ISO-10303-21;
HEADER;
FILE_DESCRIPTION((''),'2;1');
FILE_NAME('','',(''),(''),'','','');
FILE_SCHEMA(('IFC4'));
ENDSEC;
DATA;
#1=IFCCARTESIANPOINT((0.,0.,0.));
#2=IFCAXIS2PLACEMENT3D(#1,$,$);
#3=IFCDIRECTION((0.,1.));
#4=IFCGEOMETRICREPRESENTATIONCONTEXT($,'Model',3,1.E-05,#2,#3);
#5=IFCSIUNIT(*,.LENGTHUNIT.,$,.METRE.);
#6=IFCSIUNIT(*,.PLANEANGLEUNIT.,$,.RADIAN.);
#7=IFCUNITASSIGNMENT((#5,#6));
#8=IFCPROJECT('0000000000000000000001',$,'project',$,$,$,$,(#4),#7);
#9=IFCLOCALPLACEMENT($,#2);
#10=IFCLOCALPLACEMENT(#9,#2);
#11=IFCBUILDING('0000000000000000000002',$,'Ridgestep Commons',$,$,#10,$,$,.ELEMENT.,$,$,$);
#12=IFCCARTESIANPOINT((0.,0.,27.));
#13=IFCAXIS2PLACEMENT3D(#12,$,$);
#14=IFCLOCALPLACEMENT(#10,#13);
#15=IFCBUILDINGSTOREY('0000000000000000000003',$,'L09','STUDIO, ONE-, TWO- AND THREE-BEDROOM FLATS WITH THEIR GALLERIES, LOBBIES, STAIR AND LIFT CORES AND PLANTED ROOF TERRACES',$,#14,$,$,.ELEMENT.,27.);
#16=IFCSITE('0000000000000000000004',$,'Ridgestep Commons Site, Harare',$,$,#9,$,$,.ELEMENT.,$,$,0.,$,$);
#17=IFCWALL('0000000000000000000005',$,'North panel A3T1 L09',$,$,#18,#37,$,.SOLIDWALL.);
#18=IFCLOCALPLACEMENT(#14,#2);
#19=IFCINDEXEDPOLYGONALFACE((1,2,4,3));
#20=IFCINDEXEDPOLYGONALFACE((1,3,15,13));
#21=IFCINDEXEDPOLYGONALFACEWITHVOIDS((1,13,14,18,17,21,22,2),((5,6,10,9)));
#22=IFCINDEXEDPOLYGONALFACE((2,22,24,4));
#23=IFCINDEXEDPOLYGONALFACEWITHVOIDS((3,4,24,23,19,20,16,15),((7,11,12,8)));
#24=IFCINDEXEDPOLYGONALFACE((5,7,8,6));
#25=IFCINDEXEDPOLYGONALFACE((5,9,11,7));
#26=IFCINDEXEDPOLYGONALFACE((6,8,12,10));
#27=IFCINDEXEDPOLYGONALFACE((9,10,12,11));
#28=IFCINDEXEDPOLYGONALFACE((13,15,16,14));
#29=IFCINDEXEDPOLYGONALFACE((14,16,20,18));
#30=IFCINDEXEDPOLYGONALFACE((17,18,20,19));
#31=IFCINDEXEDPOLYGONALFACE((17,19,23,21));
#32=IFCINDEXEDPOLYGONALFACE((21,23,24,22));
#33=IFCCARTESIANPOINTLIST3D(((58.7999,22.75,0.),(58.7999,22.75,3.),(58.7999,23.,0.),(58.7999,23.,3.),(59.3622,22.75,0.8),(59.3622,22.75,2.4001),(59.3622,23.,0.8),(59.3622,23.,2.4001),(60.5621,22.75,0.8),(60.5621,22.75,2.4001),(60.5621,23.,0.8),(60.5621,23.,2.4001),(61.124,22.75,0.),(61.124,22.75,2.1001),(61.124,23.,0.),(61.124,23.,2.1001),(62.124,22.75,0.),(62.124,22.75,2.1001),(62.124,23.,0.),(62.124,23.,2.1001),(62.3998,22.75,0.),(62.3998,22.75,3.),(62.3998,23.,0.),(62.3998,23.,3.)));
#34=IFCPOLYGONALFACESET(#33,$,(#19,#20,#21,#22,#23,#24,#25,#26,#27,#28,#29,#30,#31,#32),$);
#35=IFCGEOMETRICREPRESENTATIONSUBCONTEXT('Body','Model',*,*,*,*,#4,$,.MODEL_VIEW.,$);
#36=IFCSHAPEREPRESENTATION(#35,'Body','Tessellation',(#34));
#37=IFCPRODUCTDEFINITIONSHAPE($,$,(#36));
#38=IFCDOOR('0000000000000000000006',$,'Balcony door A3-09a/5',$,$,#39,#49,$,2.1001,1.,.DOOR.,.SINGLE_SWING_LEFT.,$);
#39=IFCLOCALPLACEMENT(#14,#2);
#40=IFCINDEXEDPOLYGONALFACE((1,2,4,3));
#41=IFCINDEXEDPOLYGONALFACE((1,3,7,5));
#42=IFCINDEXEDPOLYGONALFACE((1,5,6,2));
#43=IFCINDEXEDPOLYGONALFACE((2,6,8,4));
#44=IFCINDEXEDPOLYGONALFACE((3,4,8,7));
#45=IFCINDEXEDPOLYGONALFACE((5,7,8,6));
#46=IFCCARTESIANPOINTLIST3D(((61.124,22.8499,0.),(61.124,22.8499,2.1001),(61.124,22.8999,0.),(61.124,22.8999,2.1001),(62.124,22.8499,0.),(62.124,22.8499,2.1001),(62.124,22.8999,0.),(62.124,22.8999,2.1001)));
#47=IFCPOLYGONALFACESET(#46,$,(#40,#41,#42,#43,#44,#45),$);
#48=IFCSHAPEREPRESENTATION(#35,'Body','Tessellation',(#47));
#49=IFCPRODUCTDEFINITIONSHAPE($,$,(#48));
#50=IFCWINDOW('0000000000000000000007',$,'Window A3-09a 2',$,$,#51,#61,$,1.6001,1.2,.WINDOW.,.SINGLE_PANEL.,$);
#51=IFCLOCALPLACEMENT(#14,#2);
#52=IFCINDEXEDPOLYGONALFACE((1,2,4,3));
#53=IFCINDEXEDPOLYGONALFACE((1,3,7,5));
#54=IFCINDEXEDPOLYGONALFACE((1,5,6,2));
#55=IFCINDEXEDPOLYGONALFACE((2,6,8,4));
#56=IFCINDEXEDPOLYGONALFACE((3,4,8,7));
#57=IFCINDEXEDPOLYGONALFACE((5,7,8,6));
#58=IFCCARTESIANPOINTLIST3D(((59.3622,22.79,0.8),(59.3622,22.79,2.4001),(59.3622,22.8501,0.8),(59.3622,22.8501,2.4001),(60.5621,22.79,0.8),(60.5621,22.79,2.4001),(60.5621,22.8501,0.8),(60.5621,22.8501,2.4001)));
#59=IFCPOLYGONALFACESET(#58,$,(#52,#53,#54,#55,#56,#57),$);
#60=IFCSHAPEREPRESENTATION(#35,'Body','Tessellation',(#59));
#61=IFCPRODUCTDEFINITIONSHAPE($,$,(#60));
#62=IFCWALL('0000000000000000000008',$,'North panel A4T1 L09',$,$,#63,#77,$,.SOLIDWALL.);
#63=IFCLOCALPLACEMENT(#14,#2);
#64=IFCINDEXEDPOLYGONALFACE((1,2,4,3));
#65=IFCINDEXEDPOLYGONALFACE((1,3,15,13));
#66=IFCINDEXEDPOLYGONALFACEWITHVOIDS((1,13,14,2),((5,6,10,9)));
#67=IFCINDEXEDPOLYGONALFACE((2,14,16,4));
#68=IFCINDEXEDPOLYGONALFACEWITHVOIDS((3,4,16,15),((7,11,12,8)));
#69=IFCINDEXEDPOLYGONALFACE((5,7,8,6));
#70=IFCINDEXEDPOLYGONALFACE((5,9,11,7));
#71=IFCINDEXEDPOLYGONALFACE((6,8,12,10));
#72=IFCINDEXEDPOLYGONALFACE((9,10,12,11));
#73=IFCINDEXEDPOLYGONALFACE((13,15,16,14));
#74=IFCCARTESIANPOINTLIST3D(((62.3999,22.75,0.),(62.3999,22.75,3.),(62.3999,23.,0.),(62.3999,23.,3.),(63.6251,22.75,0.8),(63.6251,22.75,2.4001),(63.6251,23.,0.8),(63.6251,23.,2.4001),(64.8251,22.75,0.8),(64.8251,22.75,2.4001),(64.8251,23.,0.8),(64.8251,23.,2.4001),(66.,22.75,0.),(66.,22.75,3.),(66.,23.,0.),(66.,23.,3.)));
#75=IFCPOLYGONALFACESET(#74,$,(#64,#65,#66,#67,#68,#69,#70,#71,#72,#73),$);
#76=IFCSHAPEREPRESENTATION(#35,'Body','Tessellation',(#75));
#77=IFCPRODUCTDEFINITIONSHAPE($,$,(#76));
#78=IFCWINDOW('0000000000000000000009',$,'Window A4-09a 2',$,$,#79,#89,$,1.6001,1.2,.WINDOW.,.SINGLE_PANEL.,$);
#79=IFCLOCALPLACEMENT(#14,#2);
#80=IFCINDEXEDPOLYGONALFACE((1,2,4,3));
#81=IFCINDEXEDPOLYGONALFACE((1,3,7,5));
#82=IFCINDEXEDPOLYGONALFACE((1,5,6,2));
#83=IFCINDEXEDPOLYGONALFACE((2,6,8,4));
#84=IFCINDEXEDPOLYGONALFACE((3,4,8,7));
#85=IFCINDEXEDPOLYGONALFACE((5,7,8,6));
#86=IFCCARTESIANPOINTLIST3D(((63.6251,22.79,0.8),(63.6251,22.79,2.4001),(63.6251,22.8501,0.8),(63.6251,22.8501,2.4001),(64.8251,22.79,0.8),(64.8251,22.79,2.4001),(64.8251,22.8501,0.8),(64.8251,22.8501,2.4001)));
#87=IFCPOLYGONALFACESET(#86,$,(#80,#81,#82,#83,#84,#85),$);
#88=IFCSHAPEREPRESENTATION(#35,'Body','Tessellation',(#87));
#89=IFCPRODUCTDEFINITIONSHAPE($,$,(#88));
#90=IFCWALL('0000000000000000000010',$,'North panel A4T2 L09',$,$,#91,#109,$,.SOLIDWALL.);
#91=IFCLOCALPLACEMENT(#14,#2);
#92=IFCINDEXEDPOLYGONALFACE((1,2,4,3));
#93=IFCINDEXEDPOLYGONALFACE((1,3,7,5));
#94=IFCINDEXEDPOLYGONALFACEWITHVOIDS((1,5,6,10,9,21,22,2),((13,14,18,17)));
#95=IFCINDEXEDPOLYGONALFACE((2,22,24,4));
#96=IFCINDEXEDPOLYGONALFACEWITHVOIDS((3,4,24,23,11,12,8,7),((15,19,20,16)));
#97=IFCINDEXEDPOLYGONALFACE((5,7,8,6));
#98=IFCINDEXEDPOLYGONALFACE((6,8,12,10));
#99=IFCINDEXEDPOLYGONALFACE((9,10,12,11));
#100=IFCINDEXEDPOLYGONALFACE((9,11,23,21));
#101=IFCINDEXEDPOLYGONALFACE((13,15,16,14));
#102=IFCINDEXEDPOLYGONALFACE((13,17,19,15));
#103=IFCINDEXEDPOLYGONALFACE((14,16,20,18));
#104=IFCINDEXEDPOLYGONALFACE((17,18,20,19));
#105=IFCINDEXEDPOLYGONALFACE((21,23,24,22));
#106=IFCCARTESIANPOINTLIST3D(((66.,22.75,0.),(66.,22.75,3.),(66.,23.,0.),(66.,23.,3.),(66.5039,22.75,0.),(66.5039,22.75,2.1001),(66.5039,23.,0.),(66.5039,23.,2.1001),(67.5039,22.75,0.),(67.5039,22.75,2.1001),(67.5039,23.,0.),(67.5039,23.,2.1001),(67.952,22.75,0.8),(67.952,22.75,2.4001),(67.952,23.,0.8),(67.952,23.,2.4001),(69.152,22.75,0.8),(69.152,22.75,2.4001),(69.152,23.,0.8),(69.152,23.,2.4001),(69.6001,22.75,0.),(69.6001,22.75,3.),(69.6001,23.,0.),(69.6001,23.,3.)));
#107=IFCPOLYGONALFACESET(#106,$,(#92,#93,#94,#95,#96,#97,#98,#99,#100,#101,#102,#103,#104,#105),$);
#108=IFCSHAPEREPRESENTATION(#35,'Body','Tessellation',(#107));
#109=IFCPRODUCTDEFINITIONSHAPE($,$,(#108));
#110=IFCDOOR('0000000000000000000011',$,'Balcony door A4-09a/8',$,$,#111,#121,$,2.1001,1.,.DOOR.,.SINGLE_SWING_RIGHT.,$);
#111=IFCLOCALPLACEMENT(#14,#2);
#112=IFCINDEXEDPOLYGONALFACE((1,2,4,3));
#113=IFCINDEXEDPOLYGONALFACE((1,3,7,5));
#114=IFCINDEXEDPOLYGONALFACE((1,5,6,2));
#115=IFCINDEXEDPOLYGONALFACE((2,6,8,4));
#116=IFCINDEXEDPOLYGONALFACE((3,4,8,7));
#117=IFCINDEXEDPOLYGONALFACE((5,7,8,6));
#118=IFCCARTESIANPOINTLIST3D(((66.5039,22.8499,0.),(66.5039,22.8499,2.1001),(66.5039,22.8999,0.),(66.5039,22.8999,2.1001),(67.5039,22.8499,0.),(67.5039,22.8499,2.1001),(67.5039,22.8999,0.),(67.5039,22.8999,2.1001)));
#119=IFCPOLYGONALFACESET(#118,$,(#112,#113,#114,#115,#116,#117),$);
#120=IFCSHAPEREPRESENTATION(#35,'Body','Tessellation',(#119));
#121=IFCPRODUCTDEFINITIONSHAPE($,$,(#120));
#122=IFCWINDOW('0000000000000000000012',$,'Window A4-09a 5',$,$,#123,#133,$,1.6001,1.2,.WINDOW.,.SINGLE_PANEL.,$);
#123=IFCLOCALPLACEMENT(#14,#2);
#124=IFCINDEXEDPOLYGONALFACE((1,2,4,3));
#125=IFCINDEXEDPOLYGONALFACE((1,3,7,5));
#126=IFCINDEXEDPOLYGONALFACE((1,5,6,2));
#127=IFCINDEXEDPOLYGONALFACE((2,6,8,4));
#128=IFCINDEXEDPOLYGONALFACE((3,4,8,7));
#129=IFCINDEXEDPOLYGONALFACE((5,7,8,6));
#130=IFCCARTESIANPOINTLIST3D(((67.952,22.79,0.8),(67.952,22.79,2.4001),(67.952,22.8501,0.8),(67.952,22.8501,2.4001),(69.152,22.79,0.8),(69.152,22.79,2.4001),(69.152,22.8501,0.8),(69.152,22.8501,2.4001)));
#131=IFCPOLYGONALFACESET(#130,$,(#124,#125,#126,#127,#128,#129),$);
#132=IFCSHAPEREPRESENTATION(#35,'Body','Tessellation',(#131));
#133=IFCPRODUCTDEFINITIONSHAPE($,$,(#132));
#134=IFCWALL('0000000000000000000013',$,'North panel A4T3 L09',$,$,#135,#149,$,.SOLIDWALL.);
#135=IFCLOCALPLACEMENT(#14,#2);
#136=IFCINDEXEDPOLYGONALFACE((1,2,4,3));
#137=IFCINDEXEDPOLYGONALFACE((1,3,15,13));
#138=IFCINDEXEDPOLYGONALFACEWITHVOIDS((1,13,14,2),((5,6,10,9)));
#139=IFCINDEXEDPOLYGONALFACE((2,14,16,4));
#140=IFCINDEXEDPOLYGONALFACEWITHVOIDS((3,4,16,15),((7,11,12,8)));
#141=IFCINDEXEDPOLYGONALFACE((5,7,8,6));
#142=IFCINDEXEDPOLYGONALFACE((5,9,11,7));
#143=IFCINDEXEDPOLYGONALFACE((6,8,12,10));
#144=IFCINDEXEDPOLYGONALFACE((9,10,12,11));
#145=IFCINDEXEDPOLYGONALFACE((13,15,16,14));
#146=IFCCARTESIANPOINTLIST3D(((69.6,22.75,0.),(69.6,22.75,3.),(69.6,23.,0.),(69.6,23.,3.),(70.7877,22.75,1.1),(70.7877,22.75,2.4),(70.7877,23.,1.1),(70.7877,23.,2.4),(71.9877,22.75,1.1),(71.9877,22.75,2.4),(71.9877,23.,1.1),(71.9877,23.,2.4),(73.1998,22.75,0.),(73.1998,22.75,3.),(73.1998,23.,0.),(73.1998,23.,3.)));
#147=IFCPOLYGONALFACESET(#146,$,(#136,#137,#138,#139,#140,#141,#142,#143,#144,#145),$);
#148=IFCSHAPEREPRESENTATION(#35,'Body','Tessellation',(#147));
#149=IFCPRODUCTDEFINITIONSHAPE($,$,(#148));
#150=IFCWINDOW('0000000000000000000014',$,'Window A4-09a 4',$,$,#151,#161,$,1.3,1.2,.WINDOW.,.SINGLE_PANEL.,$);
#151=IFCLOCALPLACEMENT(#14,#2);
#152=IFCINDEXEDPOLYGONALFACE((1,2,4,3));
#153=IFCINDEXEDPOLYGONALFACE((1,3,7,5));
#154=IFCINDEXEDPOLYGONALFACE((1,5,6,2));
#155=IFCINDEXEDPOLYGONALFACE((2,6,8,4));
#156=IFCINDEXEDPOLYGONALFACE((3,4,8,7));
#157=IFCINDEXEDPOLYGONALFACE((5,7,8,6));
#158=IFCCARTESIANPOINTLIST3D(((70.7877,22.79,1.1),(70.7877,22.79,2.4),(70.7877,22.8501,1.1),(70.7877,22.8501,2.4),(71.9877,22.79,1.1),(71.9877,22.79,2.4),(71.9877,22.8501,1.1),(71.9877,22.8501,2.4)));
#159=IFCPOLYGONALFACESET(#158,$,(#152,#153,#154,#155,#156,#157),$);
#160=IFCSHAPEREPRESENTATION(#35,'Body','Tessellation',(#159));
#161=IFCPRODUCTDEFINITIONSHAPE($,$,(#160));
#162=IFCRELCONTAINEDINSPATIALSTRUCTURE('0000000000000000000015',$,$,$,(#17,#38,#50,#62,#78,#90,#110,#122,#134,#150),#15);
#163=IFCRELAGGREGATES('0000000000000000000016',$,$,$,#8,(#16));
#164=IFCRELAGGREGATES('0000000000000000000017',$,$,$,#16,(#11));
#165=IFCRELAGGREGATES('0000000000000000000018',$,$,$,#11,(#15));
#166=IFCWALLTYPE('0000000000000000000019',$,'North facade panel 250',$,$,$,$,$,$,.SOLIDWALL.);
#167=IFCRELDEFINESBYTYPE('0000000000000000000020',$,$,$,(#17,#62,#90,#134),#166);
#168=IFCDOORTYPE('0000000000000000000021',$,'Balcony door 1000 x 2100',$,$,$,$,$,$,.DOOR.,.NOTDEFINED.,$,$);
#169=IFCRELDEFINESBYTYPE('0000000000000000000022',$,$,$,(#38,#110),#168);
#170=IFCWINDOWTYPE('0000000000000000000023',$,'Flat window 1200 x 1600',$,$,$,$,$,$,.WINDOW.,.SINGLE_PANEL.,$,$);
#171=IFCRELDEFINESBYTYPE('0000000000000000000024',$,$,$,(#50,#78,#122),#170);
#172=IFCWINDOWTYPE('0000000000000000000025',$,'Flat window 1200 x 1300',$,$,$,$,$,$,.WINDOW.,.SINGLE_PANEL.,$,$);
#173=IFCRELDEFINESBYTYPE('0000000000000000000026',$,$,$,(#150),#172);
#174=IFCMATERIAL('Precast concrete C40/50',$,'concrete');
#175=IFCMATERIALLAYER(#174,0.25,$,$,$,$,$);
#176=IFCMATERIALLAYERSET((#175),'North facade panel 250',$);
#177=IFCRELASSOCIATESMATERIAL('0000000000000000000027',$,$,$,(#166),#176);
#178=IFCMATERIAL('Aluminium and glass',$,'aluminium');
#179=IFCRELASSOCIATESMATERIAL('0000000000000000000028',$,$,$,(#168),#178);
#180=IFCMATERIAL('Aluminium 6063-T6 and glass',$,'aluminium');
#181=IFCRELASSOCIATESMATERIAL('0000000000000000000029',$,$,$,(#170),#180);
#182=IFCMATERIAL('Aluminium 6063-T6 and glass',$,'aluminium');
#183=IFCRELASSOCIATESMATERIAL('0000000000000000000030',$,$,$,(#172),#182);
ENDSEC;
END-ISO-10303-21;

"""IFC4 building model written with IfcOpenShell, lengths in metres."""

from ifc_helpers import new_model, si_unit, direction, frame, frame_2d, origin, place, context, subcontext, project, spatial, rectangle, extrude, material, layer, layer_set, type_object, element, fill, save


model = new_model("IFC4")

# Units and contexts
model_context = context("Model", 3, precision=1e-05, world=origin(), true_north=direction((0.0, 1.0)))
body_context = subcontext(model_context, "Body", "Model", "MODEL_VIEW")
ifc_project = project(units=[si_unit("LENGTHUNIT", "METRE"), si_unit("PLANEANGLEUNIT", "RADIAN")], contexts=[model_context])

# Site, building, storey
site_placement = place(None, origin())
site = spatial("IfcSite", under=ifc_project, at=site_placement, Name="Ridgestep Commons Site, Harare", CompositionType="ELEMENT", RefElevation=0.0)
building_placement = place(site_placement, origin())
building = spatial("IfcBuilding", under=site, at=building_placement, Name="Ridgestep Commons", CompositionType="ELEMENT")
storey_placement = place(building_placement, frame((0.0, 0.0, 27.0)))
storey = spatial("IfcBuildingStorey", under=building, at=storey_placement, Name="L09", Description="STUDIO, ONE-, TWO- AND THREE-BEDROOM FLATS WITH THEIR GALLERIES, LOBBIES, STAIR AND LIFT CORES AND PLANTED ROOF TERRACES", CompositionType="ELEMENT", Elevation=27.0)

# Shared definitions
ifc_material_1 = material(Name="Precast concrete C40/50", Category="concrete")
ifc_layer_1 = layer(ifc_material_1, 0.25)
ifc_layer_set_1 = layer_set([ifc_layer_1], Name="North facade panel 250")
wall_type = type_object("IfcWallType", Name="North facade panel 250", PredefinedType="SOLIDWALL", material=ifc_layer_set_1)

# Shared definitions
ifc_material_2 = material(Name="Aluminium and glass", Category="aluminium")
door_type = type_object("IfcDoorType", Name="Balcony door 1000 x 2100", OperationType="NOTDEFINED", PredefinedType="DOOR", material=ifc_material_2)
ifc_material_3 = material(Name="Aluminium 6063-T6 and glass", Category="aluminium")
window_type_1 = type_object("IfcWindowType", Name="Flat window 1200 x 1600", PartitioningType="SINGLE_PANEL", PredefinedType="WINDOW", material=ifc_material_3)

# Wall, openings, door, window
wall_1_placement = place(storey_placement, frame((58.8, 22.875, 0.0), z_axis=(0.0, 0.0, 1.0), x_axis=(1.0, 0.0, 0.0)))
wall_1 = element("IfcWall", 1, at=wall_1_placement, inside=storey, type_object=wall_type, Name="North panel A3T1 L09", PredefinedType="SOLIDWALL", context=body_context, shape_type="SweptSolid", body=[
    extrude(rectangle(XDim=3.5999, YDim=0.25, at=frame_2d((1.7998, 0.0))), origin(), (0.0, 0.0, 1.0), 3.0),
])
opening_1_placement = place(wall_1_placement, frame((0.562, 0.0, 0.8)))
opening_1 = element("IfcOpeningElement", 2, at=opening_1_placement, cuts=wall_1, PredefinedType="OPENING", context=body_context, shape_type="SweptSolid", body=[
    extrude(rectangle(XDim=1.2, YDim=1.6001, at=frame_2d((0.6001, 0.8))), frame((0.0, 0.135, 0.0), z_axis=(0.0, -1.0, 0.0), x_axis=(1.0, 0.0, 0.0)), (0.0, 0.0, 1.0), 0.27),
])
opening_2_placement = place(wall_1_placement, frame((2.324, 0.0, 0.0)))
opening_2 = element("IfcOpeningElement", 3, at=opening_2_placement, cuts=wall_1, PredefinedType="OPENING", context=body_context, shape_type="SweptSolid", body=[
    extrude(rectangle(XDim=1.0, YDim=2.1001, at=frame_2d((0.5, 1.05))), frame((0.0, 0.135, 0.0), z_axis=(0.0, -1.0, 0.0), x_axis=(1.0, 0.0, 0.0)), (0.0, 0.0, 1.0), 0.27),
])
door_1_placement = place(opening_2_placement, origin())
door_1 = element("IfcDoor", 4, at=door_1_placement, inside=storey, type_object=door_type, Name="Balcony door A3-09a/5", OperationType="SINGLE_SWING_LEFT", OverallHeight=2.1001, OverallWidth=1.0, PredefinedType="DOOR", context=body_context, shape_type="SweptSolid", body=[
    extrude(rectangle(XDim=1.0, YDim=2.1001, at=frame_2d((0.5, 1.05))), frame((0.0, 0.0249, 0.0), z_axis=(0.0, -1.0, 0.0), x_axis=(1.0, 0.0, 0.0)), (0.0, 0.0, 1.0), 0.05),
])
fill(opening_2, door_1)
window_1_placement = place(opening_1_placement, origin())
window_1 = element("IfcWindow", 5, at=window_1_placement, inside=storey, type_object=window_type_1, Name="Window A3-09a 2", OverallHeight=1.6001, OverallWidth=1.2, PartitioningType="SINGLE_PANEL", PredefinedType="WINDOW", context=body_context, shape_type="SweptSolid", body=[
    extrude(rectangle(XDim=1.2, YDim=1.6001, at=frame_2d((0.6001, 0.8))), frame((0.0, -0.0249, 0.0), z_axis=(0.0, -1.0, 0.0), x_axis=(1.0, 0.0, 0.0)), (0.0, 0.0, 1.0), 0.0601),
])
fill(opening_1, window_1)

# Wall, opening, window
wall_2_placement = place(storey_placement, frame((62.3999, 22.875, 0.0), z_axis=(0.0, 0.0, 1.0), x_axis=(1.0, 0.0, 0.0)))
wall_2 = element("IfcWall", 6, at=wall_2_placement, inside=storey, type_object=wall_type, Name="North panel A4T1 L09", PredefinedType="SOLIDWALL", context=body_context, shape_type="SweptSolid", body=[
    extrude(rectangle(XDim=3.6001, YDim=0.25, at=frame_2d((1.8, 0.0))), origin(), (0.0, 0.0, 1.0), 3.0),
])
opening_3_placement = place(wall_2_placement, frame((1.2251, 0.0, 0.8)))
opening_3 = element("IfcOpeningElement", 7, at=opening_3_placement, cuts=wall_2, PredefinedType="OPENING", context=body_context, shape_type="SweptSolid", body=[
    extrude(rectangle(XDim=1.2, YDim=1.6001, at=frame_2d((0.6001, 0.8))), frame((0.0, 0.135, 0.0), z_axis=(0.0, -1.0, 0.0), x_axis=(1.0, 0.0, 0.0)), (0.0, 0.0, 1.0), 0.27),
])
window_2_placement = place(opening_3_placement, origin())
window_2 = element("IfcWindow", 8, at=window_2_placement, inside=storey, type_object=window_type_1, Name="Window A4-09a 2", OverallHeight=1.6001, OverallWidth=1.2, PartitioningType="SINGLE_PANEL", PredefinedType="WINDOW", context=body_context, shape_type="SweptSolid", body=[
    extrude(rectangle(XDim=1.2, YDim=1.6001, at=frame_2d((0.6001, 0.8))), frame((0.0, -0.0249, 0.0), z_axis=(0.0, -1.0, 0.0), x_axis=(1.0, 0.0, 0.0)), (0.0, 0.0, 1.0), 0.0601),
])
fill(opening_3, window_2)

# Wall, openings, door, window
wall_3_placement = place(storey_placement, frame((66.0, 22.875, 0.0), z_axis=(0.0, 0.0, 1.0), x_axis=(1.0, 0.0, 0.0)))
wall_3 = element("IfcWall", 9, at=wall_3_placement, inside=storey, type_object=wall_type, Name="North panel A4T2 L09", PredefinedType="SOLIDWALL", context=body_context, shape_type="SweptSolid", body=[
    extrude(rectangle(XDim=3.6001, YDim=0.25, at=frame_2d((1.8, 0.0))), origin(), (0.0, 0.0, 1.0), 3.0),
])
opening_4_placement = place(wall_3_placement, frame((1.9519, 0.0, 0.8)))
opening_4 = element("IfcOpeningElement", 10, at=opening_4_placement, cuts=wall_3, PredefinedType="OPENING", context=body_context, shape_type="SweptSolid", body=[
    extrude(rectangle(XDim=1.2, YDim=1.6001, at=frame_2d((0.6001, 0.8))), frame((0.0, 0.135, 0.0), z_axis=(0.0, -1.0, 0.0), x_axis=(1.0, 0.0, 0.0)), (0.0, 0.0, 1.0), 0.27),
])
opening_5_placement = place(wall_3_placement, frame((0.5039, 0.0, 0.0)))
opening_5 = element("IfcOpeningElement", 11, at=opening_5_placement, cuts=wall_3, PredefinedType="OPENING", context=body_context, shape_type="SweptSolid", body=[
    extrude(rectangle(XDim=1.0, YDim=2.1001, at=frame_2d((0.5, 1.05))), frame((0.0, 0.135, 0.0), z_axis=(0.0, -1.0, 0.0), x_axis=(1.0, 0.0, 0.0)), (0.0, 0.0, 1.0), 0.27),
])
door_2_placement = place(opening_5_placement, origin())
door_2 = element("IfcDoor", 12, at=door_2_placement, inside=storey, type_object=door_type, Name="Balcony door A4-09a/8", OperationType="SINGLE_SWING_RIGHT", OverallHeight=2.1001, OverallWidth=1.0, PredefinedType="DOOR", context=body_context, shape_type="SweptSolid", body=[
    extrude(rectangle(XDim=1.0, YDim=2.1001, at=frame_2d((0.5, 1.05))), frame((0.0, 0.0249, 0.0), z_axis=(0.0, -1.0, 0.0), x_axis=(1.0, 0.0, 0.0)), (0.0, 0.0, 1.0), 0.05),
])
fill(opening_5, door_2)
window_3_placement = place(opening_4_placement, origin())
window_3 = element("IfcWindow", 13, at=window_3_placement, inside=storey, type_object=window_type_1, Name="Window A4-09a 5", OverallHeight=1.6001, OverallWidth=1.2, PartitioningType="SINGLE_PANEL", PredefinedType="WINDOW", context=body_context, shape_type="SweptSolid", body=[
    extrude(rectangle(XDim=1.2, YDim=1.6001, at=frame_2d((0.6001, 0.8))), frame((0.0, -0.0249, 0.0), z_axis=(0.0, -1.0, 0.0), x_axis=(1.0, 0.0, 0.0)), (0.0, 0.0, 1.0), 0.0601),
])
fill(opening_4, window_3)

# Wall, opening, window
wall_4_placement = place(storey_placement, frame((69.6001, 22.875, 0.0), z_axis=(0.0, 0.0, 1.0), x_axis=(1.0, 0.0, 0.0)))
wall_4 = element("IfcWall", 14, at=wall_4_placement, inside=storey, type_object=wall_type, Name="North panel A4T3 L09", PredefinedType="SOLIDWALL", context=body_context, shape_type="SweptSolid", body=[
    extrude(rectangle(XDim=3.5999, YDim=0.25, at=frame_2d((1.7998, 0.0))), origin(), (0.0, 0.0, 1.0), 3.0),
])
opening_6_placement = place(wall_4_placement, frame((1.1875, 0.0, 1.1001)))
opening_6 = element("IfcOpeningElement", 15, at=opening_6_placement, cuts=wall_4, PredefinedType="OPENING", context=body_context, shape_type="SweptSolid", body=[
    extrude(rectangle(XDim=1.2, YDim=1.3, at=frame_2d((0.6001, 0.6499))), frame((0.0, 0.135, 0.0), z_axis=(0.0, -1.0, 0.0), x_axis=(1.0, 0.0, 0.0)), (0.0, 0.0, 1.0), 0.27),
])
ifc_material_4 = material(Name="Aluminium 6063-T6 and glass", Category="aluminium")
window_type_2 = type_object("IfcWindowType", Name="Flat window 1200 x 1300", PartitioningType="SINGLE_PANEL", PredefinedType="WINDOW", material=ifc_material_4)
window_4_placement = place(opening_6_placement, origin())
window_4 = element("IfcWindow", 16, at=window_4_placement, inside=storey, type_object=window_type_2, Name="Window A4-09a 4", OverallHeight=1.3, OverallWidth=1.2, PartitioningType="SINGLE_PANEL", PredefinedType="WINDOW", context=body_context, shape_type="SweptSolid", body=[
    extrude(rectangle(XDim=1.2, YDim=1.3, at=frame_2d((0.6001, 0.6499))), frame((0.0, -0.0249, 0.0), z_axis=(0.0, -1.0, 0.0), x_axis=(1.0, 0.0, 0.0)), (0.0, 0.0, 1.0), 0.0601),
])
fill(opening_6, window_4)

save(model, "model.ifc")
